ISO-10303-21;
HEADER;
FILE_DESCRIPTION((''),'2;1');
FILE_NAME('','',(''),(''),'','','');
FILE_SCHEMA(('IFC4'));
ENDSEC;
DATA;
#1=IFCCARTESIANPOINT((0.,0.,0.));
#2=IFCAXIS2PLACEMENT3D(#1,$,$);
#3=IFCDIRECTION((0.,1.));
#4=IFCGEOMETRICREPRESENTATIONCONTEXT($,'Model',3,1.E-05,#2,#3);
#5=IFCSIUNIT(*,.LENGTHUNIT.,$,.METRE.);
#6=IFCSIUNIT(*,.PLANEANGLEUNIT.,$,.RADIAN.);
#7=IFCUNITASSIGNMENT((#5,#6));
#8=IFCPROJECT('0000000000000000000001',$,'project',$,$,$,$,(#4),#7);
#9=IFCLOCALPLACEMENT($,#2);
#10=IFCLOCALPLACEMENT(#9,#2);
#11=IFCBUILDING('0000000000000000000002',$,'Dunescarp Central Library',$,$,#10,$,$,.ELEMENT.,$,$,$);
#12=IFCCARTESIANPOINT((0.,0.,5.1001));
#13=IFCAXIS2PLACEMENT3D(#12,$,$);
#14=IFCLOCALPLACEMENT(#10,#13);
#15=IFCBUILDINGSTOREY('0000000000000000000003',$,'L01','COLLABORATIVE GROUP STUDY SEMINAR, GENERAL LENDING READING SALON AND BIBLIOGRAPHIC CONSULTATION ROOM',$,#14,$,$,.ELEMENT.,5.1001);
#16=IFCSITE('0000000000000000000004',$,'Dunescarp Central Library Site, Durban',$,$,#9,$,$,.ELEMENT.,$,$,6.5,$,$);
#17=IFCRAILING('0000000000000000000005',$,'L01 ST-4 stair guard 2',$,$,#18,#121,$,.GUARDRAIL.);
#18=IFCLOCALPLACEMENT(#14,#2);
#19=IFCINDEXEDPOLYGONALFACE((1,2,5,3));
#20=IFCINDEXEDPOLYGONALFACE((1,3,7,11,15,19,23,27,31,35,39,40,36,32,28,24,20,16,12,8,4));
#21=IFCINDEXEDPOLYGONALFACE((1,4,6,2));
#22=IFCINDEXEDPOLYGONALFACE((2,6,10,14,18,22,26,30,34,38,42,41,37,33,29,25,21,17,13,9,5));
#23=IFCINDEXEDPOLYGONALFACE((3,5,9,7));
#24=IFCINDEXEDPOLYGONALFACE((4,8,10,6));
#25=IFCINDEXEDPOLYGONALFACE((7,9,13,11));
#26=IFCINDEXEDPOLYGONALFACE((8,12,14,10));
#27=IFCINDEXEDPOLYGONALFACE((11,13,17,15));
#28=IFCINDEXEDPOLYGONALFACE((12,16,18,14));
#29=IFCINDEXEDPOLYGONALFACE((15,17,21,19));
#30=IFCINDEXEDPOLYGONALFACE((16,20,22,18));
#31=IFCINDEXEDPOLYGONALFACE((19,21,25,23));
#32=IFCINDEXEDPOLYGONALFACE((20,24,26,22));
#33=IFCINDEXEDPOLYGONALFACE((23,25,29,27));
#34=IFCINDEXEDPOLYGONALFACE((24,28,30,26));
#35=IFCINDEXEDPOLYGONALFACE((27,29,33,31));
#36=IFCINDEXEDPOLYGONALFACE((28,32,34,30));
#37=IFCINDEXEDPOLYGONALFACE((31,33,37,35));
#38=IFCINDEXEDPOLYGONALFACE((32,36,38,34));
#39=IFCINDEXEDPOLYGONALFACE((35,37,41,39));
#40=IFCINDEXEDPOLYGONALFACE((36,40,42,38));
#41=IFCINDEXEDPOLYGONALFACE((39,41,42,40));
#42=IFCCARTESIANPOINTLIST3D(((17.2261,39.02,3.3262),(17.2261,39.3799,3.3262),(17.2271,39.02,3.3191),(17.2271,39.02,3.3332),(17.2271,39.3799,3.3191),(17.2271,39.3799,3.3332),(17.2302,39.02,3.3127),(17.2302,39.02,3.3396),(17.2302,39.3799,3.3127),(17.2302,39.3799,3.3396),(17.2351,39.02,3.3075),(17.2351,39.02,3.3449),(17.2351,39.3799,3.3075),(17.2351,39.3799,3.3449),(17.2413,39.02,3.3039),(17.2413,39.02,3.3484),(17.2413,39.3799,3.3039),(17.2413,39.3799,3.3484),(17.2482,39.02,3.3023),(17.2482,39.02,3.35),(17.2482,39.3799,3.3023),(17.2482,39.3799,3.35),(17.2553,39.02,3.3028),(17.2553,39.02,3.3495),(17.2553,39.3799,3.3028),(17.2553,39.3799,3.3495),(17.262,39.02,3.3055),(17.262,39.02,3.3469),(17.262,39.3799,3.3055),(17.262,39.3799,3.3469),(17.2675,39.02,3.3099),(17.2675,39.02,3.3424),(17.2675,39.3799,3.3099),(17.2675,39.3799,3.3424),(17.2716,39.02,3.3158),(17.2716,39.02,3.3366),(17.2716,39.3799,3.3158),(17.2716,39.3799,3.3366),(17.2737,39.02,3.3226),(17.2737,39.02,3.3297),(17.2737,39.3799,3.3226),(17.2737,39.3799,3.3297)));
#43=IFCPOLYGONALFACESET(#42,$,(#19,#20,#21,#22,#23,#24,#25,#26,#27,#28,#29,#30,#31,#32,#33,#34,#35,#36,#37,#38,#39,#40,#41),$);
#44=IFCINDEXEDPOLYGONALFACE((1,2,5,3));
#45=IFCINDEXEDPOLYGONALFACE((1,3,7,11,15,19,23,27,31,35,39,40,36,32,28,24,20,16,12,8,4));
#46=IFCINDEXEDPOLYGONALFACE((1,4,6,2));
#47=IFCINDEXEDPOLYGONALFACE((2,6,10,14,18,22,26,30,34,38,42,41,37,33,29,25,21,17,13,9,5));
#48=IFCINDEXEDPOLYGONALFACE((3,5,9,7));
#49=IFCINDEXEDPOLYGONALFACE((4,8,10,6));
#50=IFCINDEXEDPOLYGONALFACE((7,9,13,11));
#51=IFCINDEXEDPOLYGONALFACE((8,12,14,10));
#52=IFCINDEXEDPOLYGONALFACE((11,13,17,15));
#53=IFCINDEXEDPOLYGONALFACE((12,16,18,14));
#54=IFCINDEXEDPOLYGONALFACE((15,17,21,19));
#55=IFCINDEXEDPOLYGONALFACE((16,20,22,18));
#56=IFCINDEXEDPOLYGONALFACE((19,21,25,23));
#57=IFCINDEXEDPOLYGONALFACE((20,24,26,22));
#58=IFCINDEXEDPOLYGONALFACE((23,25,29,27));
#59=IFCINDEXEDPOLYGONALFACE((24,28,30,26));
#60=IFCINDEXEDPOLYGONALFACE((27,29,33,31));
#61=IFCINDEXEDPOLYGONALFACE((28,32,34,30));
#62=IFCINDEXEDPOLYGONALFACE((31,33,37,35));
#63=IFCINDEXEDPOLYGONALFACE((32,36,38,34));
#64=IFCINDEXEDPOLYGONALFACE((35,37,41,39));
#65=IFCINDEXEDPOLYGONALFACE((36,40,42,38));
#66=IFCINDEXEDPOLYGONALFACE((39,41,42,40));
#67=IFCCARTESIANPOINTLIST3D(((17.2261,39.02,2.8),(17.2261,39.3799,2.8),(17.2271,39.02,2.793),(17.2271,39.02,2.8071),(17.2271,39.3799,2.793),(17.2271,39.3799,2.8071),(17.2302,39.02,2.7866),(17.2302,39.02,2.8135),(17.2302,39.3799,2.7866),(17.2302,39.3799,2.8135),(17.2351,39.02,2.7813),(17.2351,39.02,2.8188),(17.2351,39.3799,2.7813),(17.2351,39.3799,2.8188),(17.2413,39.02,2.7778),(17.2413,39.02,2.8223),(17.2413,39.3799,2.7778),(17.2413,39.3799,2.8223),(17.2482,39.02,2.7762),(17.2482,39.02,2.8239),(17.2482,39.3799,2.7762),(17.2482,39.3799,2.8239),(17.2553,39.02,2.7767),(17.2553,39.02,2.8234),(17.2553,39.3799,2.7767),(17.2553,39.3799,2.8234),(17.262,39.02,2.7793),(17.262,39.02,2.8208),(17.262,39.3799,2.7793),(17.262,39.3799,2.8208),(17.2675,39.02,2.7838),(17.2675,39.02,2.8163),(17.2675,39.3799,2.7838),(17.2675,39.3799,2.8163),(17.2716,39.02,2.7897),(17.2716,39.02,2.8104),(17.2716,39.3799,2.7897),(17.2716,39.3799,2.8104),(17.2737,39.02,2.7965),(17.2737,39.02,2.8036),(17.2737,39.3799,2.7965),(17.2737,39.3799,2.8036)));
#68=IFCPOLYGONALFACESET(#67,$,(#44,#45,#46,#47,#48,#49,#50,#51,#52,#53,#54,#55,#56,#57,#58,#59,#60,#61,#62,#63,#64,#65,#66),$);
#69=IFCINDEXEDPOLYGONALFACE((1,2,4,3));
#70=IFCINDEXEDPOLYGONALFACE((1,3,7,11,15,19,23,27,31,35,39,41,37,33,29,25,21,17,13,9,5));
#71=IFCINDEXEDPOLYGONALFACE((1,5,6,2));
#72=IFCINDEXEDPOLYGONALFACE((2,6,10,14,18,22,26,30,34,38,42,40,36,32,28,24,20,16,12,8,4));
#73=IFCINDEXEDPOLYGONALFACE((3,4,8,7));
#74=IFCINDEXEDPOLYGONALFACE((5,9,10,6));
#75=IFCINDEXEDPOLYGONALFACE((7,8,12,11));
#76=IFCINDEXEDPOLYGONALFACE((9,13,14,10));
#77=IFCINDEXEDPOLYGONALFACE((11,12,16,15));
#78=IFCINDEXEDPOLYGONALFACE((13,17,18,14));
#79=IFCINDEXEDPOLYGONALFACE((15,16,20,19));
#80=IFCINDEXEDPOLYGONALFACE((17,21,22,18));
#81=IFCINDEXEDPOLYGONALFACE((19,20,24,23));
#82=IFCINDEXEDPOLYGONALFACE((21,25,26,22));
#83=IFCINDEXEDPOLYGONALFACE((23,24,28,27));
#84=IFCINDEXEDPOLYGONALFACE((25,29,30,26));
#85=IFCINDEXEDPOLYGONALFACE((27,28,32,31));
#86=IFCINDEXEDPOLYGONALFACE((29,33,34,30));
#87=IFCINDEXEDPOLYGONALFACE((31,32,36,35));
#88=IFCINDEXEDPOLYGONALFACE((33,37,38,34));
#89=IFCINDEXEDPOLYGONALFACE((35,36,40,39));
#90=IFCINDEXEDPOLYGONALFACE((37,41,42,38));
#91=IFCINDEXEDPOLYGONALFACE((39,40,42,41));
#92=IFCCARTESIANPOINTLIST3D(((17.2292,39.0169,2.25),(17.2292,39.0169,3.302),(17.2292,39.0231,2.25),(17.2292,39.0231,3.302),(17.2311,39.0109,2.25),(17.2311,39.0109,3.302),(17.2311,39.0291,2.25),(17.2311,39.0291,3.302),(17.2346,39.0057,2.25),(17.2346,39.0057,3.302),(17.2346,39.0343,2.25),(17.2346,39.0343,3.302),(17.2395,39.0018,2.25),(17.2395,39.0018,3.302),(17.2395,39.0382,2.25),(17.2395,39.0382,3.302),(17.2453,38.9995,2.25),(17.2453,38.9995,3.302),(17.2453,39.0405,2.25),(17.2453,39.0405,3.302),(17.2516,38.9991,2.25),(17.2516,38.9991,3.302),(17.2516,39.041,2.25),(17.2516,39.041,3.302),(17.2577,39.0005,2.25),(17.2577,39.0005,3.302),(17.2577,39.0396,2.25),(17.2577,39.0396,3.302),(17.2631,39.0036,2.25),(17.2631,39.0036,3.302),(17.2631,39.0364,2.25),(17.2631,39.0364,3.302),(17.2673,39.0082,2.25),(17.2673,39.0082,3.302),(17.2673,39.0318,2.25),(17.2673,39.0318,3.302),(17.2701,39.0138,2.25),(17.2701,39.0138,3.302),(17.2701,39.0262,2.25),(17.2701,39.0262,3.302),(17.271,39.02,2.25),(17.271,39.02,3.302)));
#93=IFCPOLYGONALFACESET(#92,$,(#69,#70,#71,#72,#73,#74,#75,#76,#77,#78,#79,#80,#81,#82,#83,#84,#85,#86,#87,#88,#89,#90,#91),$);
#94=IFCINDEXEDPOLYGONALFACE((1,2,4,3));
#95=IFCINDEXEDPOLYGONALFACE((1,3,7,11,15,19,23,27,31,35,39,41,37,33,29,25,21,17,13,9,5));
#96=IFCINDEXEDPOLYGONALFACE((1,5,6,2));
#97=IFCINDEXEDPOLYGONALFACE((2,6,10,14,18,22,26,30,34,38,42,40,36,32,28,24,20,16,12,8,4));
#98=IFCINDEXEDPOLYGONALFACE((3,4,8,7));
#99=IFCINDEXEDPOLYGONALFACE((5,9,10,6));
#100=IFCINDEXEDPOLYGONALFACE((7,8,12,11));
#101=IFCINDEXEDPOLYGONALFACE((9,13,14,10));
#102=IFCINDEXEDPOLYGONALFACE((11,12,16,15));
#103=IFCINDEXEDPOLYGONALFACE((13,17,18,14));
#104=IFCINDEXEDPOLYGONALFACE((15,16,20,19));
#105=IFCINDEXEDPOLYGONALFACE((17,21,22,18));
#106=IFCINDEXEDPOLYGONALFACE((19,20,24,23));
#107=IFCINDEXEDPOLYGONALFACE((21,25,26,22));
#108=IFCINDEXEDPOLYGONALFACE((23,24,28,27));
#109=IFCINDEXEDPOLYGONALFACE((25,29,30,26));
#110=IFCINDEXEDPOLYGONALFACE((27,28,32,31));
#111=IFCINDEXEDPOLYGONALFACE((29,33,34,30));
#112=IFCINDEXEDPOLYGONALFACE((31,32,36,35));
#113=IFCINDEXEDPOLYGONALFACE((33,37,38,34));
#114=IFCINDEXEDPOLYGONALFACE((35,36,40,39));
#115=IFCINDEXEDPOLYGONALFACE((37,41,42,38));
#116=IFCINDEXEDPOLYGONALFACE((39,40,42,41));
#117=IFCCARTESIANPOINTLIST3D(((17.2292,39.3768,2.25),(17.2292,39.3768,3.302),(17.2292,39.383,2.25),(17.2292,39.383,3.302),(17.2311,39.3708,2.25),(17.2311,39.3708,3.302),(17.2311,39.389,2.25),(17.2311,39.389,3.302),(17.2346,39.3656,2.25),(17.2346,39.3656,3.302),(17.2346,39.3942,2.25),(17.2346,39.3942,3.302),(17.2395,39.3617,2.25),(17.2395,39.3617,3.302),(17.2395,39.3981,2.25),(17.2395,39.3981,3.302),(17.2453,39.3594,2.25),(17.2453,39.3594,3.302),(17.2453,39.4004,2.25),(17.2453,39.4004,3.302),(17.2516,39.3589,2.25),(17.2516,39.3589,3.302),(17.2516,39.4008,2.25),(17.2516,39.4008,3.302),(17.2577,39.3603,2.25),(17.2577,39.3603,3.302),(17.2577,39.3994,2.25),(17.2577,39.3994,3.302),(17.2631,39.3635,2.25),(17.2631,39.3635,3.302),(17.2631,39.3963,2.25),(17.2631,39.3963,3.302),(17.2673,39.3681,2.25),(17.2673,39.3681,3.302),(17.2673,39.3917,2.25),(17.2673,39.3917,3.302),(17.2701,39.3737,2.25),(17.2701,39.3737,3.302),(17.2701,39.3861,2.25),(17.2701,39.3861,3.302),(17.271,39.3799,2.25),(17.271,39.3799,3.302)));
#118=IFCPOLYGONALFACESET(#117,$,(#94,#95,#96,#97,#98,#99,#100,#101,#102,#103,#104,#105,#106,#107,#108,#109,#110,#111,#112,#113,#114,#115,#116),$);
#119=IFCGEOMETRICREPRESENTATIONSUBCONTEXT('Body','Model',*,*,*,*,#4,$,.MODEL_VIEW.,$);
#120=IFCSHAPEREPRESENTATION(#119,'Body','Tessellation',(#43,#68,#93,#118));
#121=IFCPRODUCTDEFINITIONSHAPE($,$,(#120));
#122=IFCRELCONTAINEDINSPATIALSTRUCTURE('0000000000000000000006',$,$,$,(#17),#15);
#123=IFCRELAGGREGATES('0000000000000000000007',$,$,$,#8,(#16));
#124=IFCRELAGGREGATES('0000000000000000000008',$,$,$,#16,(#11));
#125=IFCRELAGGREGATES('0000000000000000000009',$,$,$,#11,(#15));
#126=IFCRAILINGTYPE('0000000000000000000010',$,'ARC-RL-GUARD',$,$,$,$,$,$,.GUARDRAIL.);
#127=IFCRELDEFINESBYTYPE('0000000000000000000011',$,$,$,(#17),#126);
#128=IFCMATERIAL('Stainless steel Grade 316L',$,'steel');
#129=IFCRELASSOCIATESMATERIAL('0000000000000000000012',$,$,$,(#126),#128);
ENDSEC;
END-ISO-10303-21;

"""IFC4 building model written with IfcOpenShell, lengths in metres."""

from ifc_helpers import new_model, si_unit, direction, frame, origin, origin_2d, place, context, subcontext, project, spatial, circle, extrude, material, type_object, element, save


model = new_model("IFC4")

# Units and contexts
model_context = context("Model", 3, precision=1e-05, world=origin(), true_north=direction((0.0, 1.0)))
body_context = subcontext(model_context, "Body", "Model", "MODEL_VIEW")
ifc_project = project(units=[si_unit("LENGTHUNIT", "METRE"), si_unit("PLANEANGLEUNIT", "RADIAN")], contexts=[model_context])

# Site, building, storey
site_placement = place(None, origin())
site = spatial("IfcSite", under=ifc_project, at=site_placement, Name="Dunescarp Central Library Site, Durban", CompositionType="ELEMENT", RefElevation=6.5)
building_placement = place(site_placement, origin())
building = spatial("IfcBuilding", under=site, at=building_placement, Name="Dunescarp Central Library", CompositionType="ELEMENT")
storey_placement = place(building_placement, frame((0.0, 0.0, 5.1001)))
storey = spatial("IfcBuildingStorey", under=building, at=storey_placement, Name="L01", Description="COLLABORATIVE GROUP STUDY SEMINAR, GENERAL LENDING READING SALON AND BIBLIOGRAPHIC CONSULTATION ROOM", CompositionType="ELEMENT", Elevation=5.1001)

# Railing
ifc_material_1 = material(Name="Stainless steel Grade 316L", Category="steel")
railing_type_1 = type_object("IfcRailingType", Name="ARC-RL-GUARD", PredefinedType="GUARDRAIL", material=ifc_material_1)
railing_1_placement = place(storey_placement, frame((17.25, 39.02, 2.25)))
element("IfcRailing", 1, at=railing_1_placement, inside=storey, type_object=railing_type_1, Name="L01 ST-4 stair guard 2", PredefinedType="GUARDRAIL", context=body_context, shape_type="SweptSolid", body=[
    extrude(circle(Radius=0.0239, at=origin_2d()), frame((0.0, 0.0, 1.0762), z_axis=(0.0, 1.0, 0.0), x_axis=(-1.0, 0.0, 0.0)), (0.0, 0.0, 1.0), 0.3599),
    extrude(circle(Radius=0.0239, at=origin_2d()), frame((0.0, 0.0, 0.55), z_axis=(0.0, 1.0, 0.0), x_axis=(-1.0, 0.0, 0.0)), (0.0, 0.0, 1.0), 0.3599),
    extrude(circle(Radius=0.021, at=origin_2d()), origin(), (0.0, 0.0, 1.0), 1.052),
    extrude(circle(Radius=0.021, at=origin_2d()), frame((0.0, 0.3599, 0.0)), (0.0, 0.0, 1.0), 1.052),
])

save(model, "model.ifc")
